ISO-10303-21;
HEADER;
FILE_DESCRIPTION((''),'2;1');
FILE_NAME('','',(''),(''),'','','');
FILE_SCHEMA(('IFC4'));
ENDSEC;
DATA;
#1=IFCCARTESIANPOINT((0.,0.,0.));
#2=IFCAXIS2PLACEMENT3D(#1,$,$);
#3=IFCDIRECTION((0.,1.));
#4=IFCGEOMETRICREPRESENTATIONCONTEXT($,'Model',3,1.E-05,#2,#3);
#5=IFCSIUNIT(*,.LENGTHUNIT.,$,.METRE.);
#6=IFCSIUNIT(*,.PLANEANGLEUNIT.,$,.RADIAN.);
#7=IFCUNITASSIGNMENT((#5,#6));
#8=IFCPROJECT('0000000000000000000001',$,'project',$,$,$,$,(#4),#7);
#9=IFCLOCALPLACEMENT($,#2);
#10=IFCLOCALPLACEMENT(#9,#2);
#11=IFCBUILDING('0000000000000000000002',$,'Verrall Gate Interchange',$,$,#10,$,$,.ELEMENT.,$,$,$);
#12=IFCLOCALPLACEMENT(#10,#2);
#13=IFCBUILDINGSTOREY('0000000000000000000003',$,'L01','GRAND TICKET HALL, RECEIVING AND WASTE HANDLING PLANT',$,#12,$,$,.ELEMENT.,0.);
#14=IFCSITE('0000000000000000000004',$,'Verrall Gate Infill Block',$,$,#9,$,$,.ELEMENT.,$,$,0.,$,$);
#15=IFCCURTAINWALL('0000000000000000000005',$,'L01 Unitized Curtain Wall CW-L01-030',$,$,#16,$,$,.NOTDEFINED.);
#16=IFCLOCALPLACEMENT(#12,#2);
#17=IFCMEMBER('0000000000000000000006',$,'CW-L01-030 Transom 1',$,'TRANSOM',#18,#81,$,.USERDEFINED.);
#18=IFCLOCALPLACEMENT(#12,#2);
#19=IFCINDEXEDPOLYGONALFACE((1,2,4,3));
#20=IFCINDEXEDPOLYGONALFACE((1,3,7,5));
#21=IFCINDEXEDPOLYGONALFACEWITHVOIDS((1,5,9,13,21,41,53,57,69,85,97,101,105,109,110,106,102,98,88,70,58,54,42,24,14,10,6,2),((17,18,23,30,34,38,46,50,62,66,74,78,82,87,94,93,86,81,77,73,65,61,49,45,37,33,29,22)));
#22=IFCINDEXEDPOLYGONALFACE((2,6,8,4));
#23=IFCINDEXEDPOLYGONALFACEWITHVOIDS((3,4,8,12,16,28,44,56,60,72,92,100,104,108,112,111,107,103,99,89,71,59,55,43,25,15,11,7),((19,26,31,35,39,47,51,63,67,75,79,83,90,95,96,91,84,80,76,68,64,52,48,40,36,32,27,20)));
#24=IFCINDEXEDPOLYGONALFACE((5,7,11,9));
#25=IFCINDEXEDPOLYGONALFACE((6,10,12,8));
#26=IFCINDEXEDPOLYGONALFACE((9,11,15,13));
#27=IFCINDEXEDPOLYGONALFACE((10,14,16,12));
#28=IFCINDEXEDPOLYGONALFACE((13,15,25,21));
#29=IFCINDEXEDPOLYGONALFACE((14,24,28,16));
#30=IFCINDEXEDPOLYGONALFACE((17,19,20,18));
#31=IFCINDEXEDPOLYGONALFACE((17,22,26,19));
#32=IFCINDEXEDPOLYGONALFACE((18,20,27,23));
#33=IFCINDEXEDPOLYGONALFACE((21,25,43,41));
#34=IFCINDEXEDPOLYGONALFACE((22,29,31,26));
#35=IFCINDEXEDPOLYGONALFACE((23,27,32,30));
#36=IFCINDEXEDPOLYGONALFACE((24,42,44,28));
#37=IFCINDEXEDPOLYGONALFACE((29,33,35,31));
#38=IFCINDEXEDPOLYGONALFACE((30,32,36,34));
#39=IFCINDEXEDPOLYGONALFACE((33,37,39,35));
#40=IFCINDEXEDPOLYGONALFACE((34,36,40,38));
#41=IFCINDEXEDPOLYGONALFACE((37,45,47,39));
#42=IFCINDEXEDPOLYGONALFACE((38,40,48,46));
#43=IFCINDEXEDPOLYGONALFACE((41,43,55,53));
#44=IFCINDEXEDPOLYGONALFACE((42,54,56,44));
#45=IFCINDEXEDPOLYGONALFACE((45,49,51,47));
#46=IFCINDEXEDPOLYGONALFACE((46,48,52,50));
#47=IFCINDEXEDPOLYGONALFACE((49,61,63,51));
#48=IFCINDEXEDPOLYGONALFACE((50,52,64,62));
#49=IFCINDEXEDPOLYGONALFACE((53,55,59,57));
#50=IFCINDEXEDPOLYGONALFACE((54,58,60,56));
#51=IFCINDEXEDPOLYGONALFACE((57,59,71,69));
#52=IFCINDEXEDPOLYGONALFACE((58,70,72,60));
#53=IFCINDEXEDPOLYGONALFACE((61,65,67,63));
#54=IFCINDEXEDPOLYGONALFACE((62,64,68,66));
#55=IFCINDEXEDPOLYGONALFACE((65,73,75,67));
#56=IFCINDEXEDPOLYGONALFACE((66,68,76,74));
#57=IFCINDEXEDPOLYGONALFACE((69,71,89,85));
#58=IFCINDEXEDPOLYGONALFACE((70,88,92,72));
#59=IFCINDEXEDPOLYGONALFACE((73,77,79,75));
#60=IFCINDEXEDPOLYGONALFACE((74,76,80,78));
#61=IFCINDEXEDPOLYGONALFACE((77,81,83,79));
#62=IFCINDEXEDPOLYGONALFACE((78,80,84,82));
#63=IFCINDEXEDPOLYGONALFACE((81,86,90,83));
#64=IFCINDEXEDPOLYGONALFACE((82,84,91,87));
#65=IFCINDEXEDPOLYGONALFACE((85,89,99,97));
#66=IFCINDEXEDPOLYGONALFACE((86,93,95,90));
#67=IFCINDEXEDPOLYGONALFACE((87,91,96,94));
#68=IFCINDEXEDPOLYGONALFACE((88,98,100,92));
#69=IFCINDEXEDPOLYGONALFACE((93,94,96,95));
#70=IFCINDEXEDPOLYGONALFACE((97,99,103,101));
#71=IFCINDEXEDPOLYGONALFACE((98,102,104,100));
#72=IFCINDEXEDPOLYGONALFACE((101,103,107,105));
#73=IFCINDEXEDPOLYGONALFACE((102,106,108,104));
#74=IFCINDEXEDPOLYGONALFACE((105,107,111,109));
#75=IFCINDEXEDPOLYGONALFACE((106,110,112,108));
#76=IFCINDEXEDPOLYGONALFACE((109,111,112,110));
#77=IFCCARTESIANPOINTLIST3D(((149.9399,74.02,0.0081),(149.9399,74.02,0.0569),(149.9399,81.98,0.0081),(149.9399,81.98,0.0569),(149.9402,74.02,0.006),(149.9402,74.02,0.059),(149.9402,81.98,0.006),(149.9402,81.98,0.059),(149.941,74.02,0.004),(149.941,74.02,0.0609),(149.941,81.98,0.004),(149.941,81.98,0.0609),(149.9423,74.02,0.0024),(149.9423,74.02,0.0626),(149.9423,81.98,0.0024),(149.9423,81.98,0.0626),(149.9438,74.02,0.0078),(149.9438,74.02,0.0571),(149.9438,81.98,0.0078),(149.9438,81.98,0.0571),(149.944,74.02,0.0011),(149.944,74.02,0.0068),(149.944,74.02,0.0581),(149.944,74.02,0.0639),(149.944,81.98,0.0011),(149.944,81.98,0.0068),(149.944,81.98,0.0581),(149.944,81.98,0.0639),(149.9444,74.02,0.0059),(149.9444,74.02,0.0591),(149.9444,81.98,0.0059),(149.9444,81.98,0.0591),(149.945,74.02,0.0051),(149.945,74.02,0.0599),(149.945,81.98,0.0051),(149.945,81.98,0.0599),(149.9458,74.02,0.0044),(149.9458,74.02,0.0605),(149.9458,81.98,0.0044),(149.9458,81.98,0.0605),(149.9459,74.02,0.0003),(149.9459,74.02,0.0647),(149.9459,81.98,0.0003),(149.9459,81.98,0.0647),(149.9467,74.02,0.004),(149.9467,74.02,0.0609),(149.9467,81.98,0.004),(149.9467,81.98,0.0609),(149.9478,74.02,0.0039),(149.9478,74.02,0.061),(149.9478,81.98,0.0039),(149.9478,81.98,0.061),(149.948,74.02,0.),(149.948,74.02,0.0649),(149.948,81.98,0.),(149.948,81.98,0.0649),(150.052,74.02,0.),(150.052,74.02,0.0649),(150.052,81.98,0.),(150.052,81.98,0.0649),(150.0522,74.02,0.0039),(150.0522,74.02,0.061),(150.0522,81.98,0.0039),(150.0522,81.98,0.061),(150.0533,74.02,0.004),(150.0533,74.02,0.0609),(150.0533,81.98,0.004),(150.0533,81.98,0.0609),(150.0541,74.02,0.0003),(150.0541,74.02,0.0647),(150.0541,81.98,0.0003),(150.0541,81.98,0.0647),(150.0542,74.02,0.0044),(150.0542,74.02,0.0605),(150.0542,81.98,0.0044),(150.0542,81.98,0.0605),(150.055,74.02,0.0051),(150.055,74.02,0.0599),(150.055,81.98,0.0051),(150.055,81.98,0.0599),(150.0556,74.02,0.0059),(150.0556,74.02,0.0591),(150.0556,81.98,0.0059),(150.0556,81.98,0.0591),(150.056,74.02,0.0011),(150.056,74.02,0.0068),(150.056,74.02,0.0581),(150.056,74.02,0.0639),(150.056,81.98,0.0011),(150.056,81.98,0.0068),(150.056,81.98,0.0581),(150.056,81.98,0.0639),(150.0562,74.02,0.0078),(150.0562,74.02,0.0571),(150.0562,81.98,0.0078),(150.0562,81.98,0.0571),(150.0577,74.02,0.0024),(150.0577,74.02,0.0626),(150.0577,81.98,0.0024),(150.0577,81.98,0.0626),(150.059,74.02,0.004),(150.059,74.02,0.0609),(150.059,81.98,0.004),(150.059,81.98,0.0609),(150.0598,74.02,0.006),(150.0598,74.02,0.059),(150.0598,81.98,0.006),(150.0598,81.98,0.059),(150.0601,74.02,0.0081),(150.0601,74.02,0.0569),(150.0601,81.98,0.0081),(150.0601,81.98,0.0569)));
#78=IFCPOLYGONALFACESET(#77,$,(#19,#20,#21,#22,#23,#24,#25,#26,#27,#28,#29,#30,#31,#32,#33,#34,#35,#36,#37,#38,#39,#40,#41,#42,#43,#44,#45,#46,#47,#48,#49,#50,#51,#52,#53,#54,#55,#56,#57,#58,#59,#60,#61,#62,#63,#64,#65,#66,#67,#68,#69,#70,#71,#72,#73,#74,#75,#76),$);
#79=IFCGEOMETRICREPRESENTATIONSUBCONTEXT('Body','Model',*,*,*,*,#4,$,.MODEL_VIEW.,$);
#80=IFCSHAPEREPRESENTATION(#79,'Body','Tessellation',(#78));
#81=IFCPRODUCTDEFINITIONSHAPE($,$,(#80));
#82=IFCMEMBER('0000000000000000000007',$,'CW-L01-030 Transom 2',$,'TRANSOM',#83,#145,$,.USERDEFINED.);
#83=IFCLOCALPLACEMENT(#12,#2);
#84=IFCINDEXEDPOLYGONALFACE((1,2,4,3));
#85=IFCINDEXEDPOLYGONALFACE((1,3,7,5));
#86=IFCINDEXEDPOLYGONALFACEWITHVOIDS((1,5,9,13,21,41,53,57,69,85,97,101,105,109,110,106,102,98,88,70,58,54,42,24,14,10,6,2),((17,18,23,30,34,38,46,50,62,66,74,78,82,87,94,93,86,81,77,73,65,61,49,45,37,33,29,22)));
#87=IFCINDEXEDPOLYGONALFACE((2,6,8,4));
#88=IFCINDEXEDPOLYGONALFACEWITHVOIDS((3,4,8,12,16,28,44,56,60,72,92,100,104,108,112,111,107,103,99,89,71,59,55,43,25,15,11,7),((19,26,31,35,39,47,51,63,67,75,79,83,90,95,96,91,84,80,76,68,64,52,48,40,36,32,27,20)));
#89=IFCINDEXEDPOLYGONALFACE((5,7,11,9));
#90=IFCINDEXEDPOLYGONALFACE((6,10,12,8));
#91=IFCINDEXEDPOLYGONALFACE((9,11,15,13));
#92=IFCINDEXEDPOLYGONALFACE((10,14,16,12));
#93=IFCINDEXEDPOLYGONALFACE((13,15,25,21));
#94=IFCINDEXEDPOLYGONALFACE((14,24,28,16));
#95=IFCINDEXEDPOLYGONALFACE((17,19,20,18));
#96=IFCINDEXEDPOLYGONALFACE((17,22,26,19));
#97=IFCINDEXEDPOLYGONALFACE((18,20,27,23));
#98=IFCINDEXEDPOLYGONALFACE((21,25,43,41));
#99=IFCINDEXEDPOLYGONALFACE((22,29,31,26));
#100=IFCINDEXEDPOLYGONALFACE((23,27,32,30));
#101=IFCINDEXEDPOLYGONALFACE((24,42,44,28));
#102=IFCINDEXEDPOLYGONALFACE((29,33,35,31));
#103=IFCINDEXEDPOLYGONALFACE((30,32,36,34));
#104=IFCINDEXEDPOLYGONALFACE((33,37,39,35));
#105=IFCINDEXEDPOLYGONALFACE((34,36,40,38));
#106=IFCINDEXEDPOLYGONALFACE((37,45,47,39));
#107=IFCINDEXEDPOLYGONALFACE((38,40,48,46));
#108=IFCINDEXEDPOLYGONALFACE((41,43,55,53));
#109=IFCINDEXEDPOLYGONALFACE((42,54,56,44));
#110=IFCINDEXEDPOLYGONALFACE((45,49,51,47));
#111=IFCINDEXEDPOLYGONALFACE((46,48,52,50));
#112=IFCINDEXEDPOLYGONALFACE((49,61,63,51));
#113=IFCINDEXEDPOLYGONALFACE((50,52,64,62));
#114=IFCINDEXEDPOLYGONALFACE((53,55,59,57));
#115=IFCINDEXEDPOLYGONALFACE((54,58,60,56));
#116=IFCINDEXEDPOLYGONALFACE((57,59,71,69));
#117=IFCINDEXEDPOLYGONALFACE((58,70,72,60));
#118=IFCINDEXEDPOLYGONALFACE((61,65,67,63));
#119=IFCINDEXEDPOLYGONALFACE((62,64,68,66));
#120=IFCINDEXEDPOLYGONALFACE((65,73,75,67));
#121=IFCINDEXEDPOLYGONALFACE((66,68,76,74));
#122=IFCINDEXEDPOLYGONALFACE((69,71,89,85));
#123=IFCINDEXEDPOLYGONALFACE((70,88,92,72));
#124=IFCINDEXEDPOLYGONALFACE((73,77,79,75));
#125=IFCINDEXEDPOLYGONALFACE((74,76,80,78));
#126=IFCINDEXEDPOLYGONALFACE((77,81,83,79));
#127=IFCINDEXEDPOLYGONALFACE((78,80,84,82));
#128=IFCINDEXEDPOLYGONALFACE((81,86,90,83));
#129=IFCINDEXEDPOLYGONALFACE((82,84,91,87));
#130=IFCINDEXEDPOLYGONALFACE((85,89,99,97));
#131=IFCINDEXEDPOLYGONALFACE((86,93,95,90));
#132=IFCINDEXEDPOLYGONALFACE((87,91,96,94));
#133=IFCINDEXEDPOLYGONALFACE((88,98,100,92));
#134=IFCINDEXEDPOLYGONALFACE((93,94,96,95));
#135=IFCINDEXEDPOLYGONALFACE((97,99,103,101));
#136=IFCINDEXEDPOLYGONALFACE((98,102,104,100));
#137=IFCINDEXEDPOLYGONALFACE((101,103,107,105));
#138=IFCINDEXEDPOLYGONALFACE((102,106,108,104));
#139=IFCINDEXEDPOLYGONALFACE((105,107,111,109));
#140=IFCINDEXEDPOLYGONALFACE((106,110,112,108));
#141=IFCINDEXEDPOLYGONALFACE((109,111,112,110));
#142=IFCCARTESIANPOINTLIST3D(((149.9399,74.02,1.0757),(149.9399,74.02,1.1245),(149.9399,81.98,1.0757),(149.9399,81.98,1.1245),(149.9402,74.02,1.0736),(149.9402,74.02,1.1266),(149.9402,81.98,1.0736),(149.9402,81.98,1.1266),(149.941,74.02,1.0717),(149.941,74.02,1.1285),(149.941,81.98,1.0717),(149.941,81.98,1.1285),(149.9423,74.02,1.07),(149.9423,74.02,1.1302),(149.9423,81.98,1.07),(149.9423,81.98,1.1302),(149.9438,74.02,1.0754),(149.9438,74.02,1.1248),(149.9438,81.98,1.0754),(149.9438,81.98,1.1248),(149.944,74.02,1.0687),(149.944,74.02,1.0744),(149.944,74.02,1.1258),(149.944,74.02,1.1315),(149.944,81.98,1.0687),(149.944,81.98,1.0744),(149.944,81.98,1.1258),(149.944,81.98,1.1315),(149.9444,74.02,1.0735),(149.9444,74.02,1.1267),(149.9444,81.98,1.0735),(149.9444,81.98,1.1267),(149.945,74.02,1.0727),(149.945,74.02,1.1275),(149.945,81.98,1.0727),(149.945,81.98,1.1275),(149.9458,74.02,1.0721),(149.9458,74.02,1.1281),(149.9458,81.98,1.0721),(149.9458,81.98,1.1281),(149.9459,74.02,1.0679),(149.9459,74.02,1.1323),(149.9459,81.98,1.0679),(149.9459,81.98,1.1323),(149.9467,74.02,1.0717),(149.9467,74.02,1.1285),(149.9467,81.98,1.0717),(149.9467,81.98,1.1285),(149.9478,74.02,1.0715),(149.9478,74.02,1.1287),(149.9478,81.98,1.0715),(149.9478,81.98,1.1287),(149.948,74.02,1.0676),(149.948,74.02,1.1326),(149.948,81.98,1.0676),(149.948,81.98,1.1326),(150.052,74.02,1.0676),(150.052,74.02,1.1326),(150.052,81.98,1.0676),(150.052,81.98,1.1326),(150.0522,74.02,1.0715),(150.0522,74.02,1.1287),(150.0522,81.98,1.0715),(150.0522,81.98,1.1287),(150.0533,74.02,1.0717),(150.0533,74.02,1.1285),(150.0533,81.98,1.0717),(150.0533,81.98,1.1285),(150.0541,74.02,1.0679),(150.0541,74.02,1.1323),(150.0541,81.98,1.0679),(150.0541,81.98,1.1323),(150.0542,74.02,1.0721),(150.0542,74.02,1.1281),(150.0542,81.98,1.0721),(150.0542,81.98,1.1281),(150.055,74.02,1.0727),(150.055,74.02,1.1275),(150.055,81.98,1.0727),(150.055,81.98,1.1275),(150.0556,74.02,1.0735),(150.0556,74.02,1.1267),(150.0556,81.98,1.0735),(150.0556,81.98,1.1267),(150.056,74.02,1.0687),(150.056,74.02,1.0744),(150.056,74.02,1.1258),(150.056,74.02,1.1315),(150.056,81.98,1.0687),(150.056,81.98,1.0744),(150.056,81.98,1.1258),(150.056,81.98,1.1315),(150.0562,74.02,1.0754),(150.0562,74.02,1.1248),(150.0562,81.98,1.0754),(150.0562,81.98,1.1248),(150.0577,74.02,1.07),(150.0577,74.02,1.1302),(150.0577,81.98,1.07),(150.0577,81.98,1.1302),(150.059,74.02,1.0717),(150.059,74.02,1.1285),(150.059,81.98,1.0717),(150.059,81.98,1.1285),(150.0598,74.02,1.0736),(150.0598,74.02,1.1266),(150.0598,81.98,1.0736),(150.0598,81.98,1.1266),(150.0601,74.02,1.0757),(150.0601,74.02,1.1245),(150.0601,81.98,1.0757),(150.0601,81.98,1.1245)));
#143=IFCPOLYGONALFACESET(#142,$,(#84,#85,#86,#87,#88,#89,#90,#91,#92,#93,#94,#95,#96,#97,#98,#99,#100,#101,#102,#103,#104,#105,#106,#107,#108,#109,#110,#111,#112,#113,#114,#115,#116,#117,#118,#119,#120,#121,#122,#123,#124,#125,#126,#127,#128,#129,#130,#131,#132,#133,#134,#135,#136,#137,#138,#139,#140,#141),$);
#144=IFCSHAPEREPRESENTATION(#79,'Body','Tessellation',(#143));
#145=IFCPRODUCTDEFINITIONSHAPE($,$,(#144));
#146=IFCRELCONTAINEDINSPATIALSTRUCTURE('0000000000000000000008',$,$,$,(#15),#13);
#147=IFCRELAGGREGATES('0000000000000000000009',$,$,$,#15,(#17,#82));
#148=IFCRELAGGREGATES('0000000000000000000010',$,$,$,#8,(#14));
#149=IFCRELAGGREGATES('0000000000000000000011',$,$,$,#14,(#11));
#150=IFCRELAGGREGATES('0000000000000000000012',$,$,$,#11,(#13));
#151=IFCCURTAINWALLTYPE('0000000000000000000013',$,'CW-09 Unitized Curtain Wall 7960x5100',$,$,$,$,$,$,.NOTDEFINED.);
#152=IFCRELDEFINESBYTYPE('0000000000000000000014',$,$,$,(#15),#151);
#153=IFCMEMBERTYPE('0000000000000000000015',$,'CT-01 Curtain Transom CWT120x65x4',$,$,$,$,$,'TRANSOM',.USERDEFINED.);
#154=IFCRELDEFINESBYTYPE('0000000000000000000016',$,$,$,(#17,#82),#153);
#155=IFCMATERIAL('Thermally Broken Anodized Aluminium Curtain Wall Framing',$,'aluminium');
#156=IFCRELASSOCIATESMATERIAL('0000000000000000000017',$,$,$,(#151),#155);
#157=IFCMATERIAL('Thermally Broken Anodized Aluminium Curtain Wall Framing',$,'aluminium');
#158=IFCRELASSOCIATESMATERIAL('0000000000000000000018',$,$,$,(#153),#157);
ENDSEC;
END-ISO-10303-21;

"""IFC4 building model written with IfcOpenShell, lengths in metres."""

from ifc_helpers import new_model, si_unit, direction, frame, origin, origin_2d, place, context, subcontext, project, spatial, hollow_rectangle, extrude, material, material_profile, profile_set, type_object, element, aggregate, save


model = new_model("IFC4")

# Units and contexts
model_context = context("Model", 3, precision=1e-05, world=origin(), true_north=direction((0.0, 1.0)))
body_context = subcontext(model_context, "Body", "Model", "MODEL_VIEW")
ifc_project = project(units=[si_unit("LENGTHUNIT", "METRE"), si_unit("PLANEANGLEUNIT", "RADIAN")], contexts=[model_context])

# Site, building, storey
site_placement = place(None, origin())
site = spatial("IfcSite", under=ifc_project, at=site_placement, Name="Verrall Gate Infill Block", CompositionType="ELEMENT", RefElevation=0.0)
building_placement = place(site_placement, origin())
building = spatial("IfcBuilding", under=site, at=building_placement, Name="Verrall Gate Interchange", CompositionType="ELEMENT")
storey_placement = place(building_placement, origin())
storey = spatial("IfcBuildingStorey", under=building, at=storey_placement, Name="L01", Description="GRAND TICKET HALL, RECEIVING AND WASTE HANDLING PLANT", CompositionType="ELEMENT", Elevation=0.0)

# Curtain wall
ifc_material_1 = material(Name="Thermally Broken Anodized Aluminium Curtain Wall Framing", Category="aluminium")
curtain_wall_type_1 = type_object("IfcCurtainWallType", Name="CW-09 Unitized Curtain Wall 7960x5100", PredefinedType="NOTDEFINED", material=ifc_material_1)
curtain_wall_1_placement = place(storey_placement, origin())
curtain_wall_1 = element("IfcCurtainWall", 1, at=curtain_wall_1_placement, inside=storey, type_object=curtain_wall_type_1, Name="L01 Unitized Curtain Wall CW-L01-030", PredefinedType="NOTDEFINED")

# Members
ifc_material_2 = material(Name="Thermally Broken Anodized Aluminium Curtain Wall Framing", Category="aluminium")
ifc_material_profile_1 = material_profile(ifc_material_2, hollow_rectangle(XDim=0.1201, YDim=0.0649, WallThickness=0.0039, InnerFilletRadius=0.0039, OuterFilletRadius=0.0081, at=origin_2d()), Name="CWT120x65x4")
ifc_profile_set_1 = profile_set([ifc_material_profile_1], Name="Thermally Broken Anodized Aluminium Curtain Wall Framing")
member_type_1 = type_object("IfcMemberType", Name="CT-01 Curtain Transom CWT120x65x4", ElementType="TRANSOM", PredefinedType="USERDEFINED", material=ifc_profile_set_1)
member_1_placement = place(storey_placement, frame((150.0, 74.02, 0.0325), z_axis=(0.0, 1.0, 0.0), x_axis=(-1.0, 0.0, 0.0)))
member_1 = element("IfcMember", 2, at=member_1_placement, type_object=member_type_1, Name="CW-L01-030 Transom 1", ObjectType="TRANSOM", PredefinedType="USERDEFINED", context=body_context, shape_type="SweptSolid", body=[
    extrude(hollow_rectangle(XDim=0.1201, YDim=0.0649, WallThickness=0.0039, InnerFilletRadius=0.0039, OuterFilletRadius=0.0081, at=origin_2d()), origin(), (0.0, 0.0, 1.0), 7.96),
])
member_2_placement = place(storey_placement, frame((150.0, 74.02, 1.1001), z_axis=(0.0, 1.0, 0.0), x_axis=(-1.0, 0.0, 0.0)))
member_2 = element("IfcMember", 3, at=member_2_placement, type_object=member_type_1, Name="CW-L01-030 Transom 2", ObjectType="TRANSOM", PredefinedType="USERDEFINED", context=body_context, shape_type="SweptSolid", body=[
    extrude(hollow_rectangle(XDim=0.1201, YDim=0.0649, WallThickness=0.0039, InnerFilletRadius=0.0039, OuterFilletRadius=0.0081, at=origin_2d()), origin(), (0.0, 0.0, 1.0), 7.96),
])

aggregate(curtain_wall_1, [member_1, member_2])

save(model, "model.ifc")
